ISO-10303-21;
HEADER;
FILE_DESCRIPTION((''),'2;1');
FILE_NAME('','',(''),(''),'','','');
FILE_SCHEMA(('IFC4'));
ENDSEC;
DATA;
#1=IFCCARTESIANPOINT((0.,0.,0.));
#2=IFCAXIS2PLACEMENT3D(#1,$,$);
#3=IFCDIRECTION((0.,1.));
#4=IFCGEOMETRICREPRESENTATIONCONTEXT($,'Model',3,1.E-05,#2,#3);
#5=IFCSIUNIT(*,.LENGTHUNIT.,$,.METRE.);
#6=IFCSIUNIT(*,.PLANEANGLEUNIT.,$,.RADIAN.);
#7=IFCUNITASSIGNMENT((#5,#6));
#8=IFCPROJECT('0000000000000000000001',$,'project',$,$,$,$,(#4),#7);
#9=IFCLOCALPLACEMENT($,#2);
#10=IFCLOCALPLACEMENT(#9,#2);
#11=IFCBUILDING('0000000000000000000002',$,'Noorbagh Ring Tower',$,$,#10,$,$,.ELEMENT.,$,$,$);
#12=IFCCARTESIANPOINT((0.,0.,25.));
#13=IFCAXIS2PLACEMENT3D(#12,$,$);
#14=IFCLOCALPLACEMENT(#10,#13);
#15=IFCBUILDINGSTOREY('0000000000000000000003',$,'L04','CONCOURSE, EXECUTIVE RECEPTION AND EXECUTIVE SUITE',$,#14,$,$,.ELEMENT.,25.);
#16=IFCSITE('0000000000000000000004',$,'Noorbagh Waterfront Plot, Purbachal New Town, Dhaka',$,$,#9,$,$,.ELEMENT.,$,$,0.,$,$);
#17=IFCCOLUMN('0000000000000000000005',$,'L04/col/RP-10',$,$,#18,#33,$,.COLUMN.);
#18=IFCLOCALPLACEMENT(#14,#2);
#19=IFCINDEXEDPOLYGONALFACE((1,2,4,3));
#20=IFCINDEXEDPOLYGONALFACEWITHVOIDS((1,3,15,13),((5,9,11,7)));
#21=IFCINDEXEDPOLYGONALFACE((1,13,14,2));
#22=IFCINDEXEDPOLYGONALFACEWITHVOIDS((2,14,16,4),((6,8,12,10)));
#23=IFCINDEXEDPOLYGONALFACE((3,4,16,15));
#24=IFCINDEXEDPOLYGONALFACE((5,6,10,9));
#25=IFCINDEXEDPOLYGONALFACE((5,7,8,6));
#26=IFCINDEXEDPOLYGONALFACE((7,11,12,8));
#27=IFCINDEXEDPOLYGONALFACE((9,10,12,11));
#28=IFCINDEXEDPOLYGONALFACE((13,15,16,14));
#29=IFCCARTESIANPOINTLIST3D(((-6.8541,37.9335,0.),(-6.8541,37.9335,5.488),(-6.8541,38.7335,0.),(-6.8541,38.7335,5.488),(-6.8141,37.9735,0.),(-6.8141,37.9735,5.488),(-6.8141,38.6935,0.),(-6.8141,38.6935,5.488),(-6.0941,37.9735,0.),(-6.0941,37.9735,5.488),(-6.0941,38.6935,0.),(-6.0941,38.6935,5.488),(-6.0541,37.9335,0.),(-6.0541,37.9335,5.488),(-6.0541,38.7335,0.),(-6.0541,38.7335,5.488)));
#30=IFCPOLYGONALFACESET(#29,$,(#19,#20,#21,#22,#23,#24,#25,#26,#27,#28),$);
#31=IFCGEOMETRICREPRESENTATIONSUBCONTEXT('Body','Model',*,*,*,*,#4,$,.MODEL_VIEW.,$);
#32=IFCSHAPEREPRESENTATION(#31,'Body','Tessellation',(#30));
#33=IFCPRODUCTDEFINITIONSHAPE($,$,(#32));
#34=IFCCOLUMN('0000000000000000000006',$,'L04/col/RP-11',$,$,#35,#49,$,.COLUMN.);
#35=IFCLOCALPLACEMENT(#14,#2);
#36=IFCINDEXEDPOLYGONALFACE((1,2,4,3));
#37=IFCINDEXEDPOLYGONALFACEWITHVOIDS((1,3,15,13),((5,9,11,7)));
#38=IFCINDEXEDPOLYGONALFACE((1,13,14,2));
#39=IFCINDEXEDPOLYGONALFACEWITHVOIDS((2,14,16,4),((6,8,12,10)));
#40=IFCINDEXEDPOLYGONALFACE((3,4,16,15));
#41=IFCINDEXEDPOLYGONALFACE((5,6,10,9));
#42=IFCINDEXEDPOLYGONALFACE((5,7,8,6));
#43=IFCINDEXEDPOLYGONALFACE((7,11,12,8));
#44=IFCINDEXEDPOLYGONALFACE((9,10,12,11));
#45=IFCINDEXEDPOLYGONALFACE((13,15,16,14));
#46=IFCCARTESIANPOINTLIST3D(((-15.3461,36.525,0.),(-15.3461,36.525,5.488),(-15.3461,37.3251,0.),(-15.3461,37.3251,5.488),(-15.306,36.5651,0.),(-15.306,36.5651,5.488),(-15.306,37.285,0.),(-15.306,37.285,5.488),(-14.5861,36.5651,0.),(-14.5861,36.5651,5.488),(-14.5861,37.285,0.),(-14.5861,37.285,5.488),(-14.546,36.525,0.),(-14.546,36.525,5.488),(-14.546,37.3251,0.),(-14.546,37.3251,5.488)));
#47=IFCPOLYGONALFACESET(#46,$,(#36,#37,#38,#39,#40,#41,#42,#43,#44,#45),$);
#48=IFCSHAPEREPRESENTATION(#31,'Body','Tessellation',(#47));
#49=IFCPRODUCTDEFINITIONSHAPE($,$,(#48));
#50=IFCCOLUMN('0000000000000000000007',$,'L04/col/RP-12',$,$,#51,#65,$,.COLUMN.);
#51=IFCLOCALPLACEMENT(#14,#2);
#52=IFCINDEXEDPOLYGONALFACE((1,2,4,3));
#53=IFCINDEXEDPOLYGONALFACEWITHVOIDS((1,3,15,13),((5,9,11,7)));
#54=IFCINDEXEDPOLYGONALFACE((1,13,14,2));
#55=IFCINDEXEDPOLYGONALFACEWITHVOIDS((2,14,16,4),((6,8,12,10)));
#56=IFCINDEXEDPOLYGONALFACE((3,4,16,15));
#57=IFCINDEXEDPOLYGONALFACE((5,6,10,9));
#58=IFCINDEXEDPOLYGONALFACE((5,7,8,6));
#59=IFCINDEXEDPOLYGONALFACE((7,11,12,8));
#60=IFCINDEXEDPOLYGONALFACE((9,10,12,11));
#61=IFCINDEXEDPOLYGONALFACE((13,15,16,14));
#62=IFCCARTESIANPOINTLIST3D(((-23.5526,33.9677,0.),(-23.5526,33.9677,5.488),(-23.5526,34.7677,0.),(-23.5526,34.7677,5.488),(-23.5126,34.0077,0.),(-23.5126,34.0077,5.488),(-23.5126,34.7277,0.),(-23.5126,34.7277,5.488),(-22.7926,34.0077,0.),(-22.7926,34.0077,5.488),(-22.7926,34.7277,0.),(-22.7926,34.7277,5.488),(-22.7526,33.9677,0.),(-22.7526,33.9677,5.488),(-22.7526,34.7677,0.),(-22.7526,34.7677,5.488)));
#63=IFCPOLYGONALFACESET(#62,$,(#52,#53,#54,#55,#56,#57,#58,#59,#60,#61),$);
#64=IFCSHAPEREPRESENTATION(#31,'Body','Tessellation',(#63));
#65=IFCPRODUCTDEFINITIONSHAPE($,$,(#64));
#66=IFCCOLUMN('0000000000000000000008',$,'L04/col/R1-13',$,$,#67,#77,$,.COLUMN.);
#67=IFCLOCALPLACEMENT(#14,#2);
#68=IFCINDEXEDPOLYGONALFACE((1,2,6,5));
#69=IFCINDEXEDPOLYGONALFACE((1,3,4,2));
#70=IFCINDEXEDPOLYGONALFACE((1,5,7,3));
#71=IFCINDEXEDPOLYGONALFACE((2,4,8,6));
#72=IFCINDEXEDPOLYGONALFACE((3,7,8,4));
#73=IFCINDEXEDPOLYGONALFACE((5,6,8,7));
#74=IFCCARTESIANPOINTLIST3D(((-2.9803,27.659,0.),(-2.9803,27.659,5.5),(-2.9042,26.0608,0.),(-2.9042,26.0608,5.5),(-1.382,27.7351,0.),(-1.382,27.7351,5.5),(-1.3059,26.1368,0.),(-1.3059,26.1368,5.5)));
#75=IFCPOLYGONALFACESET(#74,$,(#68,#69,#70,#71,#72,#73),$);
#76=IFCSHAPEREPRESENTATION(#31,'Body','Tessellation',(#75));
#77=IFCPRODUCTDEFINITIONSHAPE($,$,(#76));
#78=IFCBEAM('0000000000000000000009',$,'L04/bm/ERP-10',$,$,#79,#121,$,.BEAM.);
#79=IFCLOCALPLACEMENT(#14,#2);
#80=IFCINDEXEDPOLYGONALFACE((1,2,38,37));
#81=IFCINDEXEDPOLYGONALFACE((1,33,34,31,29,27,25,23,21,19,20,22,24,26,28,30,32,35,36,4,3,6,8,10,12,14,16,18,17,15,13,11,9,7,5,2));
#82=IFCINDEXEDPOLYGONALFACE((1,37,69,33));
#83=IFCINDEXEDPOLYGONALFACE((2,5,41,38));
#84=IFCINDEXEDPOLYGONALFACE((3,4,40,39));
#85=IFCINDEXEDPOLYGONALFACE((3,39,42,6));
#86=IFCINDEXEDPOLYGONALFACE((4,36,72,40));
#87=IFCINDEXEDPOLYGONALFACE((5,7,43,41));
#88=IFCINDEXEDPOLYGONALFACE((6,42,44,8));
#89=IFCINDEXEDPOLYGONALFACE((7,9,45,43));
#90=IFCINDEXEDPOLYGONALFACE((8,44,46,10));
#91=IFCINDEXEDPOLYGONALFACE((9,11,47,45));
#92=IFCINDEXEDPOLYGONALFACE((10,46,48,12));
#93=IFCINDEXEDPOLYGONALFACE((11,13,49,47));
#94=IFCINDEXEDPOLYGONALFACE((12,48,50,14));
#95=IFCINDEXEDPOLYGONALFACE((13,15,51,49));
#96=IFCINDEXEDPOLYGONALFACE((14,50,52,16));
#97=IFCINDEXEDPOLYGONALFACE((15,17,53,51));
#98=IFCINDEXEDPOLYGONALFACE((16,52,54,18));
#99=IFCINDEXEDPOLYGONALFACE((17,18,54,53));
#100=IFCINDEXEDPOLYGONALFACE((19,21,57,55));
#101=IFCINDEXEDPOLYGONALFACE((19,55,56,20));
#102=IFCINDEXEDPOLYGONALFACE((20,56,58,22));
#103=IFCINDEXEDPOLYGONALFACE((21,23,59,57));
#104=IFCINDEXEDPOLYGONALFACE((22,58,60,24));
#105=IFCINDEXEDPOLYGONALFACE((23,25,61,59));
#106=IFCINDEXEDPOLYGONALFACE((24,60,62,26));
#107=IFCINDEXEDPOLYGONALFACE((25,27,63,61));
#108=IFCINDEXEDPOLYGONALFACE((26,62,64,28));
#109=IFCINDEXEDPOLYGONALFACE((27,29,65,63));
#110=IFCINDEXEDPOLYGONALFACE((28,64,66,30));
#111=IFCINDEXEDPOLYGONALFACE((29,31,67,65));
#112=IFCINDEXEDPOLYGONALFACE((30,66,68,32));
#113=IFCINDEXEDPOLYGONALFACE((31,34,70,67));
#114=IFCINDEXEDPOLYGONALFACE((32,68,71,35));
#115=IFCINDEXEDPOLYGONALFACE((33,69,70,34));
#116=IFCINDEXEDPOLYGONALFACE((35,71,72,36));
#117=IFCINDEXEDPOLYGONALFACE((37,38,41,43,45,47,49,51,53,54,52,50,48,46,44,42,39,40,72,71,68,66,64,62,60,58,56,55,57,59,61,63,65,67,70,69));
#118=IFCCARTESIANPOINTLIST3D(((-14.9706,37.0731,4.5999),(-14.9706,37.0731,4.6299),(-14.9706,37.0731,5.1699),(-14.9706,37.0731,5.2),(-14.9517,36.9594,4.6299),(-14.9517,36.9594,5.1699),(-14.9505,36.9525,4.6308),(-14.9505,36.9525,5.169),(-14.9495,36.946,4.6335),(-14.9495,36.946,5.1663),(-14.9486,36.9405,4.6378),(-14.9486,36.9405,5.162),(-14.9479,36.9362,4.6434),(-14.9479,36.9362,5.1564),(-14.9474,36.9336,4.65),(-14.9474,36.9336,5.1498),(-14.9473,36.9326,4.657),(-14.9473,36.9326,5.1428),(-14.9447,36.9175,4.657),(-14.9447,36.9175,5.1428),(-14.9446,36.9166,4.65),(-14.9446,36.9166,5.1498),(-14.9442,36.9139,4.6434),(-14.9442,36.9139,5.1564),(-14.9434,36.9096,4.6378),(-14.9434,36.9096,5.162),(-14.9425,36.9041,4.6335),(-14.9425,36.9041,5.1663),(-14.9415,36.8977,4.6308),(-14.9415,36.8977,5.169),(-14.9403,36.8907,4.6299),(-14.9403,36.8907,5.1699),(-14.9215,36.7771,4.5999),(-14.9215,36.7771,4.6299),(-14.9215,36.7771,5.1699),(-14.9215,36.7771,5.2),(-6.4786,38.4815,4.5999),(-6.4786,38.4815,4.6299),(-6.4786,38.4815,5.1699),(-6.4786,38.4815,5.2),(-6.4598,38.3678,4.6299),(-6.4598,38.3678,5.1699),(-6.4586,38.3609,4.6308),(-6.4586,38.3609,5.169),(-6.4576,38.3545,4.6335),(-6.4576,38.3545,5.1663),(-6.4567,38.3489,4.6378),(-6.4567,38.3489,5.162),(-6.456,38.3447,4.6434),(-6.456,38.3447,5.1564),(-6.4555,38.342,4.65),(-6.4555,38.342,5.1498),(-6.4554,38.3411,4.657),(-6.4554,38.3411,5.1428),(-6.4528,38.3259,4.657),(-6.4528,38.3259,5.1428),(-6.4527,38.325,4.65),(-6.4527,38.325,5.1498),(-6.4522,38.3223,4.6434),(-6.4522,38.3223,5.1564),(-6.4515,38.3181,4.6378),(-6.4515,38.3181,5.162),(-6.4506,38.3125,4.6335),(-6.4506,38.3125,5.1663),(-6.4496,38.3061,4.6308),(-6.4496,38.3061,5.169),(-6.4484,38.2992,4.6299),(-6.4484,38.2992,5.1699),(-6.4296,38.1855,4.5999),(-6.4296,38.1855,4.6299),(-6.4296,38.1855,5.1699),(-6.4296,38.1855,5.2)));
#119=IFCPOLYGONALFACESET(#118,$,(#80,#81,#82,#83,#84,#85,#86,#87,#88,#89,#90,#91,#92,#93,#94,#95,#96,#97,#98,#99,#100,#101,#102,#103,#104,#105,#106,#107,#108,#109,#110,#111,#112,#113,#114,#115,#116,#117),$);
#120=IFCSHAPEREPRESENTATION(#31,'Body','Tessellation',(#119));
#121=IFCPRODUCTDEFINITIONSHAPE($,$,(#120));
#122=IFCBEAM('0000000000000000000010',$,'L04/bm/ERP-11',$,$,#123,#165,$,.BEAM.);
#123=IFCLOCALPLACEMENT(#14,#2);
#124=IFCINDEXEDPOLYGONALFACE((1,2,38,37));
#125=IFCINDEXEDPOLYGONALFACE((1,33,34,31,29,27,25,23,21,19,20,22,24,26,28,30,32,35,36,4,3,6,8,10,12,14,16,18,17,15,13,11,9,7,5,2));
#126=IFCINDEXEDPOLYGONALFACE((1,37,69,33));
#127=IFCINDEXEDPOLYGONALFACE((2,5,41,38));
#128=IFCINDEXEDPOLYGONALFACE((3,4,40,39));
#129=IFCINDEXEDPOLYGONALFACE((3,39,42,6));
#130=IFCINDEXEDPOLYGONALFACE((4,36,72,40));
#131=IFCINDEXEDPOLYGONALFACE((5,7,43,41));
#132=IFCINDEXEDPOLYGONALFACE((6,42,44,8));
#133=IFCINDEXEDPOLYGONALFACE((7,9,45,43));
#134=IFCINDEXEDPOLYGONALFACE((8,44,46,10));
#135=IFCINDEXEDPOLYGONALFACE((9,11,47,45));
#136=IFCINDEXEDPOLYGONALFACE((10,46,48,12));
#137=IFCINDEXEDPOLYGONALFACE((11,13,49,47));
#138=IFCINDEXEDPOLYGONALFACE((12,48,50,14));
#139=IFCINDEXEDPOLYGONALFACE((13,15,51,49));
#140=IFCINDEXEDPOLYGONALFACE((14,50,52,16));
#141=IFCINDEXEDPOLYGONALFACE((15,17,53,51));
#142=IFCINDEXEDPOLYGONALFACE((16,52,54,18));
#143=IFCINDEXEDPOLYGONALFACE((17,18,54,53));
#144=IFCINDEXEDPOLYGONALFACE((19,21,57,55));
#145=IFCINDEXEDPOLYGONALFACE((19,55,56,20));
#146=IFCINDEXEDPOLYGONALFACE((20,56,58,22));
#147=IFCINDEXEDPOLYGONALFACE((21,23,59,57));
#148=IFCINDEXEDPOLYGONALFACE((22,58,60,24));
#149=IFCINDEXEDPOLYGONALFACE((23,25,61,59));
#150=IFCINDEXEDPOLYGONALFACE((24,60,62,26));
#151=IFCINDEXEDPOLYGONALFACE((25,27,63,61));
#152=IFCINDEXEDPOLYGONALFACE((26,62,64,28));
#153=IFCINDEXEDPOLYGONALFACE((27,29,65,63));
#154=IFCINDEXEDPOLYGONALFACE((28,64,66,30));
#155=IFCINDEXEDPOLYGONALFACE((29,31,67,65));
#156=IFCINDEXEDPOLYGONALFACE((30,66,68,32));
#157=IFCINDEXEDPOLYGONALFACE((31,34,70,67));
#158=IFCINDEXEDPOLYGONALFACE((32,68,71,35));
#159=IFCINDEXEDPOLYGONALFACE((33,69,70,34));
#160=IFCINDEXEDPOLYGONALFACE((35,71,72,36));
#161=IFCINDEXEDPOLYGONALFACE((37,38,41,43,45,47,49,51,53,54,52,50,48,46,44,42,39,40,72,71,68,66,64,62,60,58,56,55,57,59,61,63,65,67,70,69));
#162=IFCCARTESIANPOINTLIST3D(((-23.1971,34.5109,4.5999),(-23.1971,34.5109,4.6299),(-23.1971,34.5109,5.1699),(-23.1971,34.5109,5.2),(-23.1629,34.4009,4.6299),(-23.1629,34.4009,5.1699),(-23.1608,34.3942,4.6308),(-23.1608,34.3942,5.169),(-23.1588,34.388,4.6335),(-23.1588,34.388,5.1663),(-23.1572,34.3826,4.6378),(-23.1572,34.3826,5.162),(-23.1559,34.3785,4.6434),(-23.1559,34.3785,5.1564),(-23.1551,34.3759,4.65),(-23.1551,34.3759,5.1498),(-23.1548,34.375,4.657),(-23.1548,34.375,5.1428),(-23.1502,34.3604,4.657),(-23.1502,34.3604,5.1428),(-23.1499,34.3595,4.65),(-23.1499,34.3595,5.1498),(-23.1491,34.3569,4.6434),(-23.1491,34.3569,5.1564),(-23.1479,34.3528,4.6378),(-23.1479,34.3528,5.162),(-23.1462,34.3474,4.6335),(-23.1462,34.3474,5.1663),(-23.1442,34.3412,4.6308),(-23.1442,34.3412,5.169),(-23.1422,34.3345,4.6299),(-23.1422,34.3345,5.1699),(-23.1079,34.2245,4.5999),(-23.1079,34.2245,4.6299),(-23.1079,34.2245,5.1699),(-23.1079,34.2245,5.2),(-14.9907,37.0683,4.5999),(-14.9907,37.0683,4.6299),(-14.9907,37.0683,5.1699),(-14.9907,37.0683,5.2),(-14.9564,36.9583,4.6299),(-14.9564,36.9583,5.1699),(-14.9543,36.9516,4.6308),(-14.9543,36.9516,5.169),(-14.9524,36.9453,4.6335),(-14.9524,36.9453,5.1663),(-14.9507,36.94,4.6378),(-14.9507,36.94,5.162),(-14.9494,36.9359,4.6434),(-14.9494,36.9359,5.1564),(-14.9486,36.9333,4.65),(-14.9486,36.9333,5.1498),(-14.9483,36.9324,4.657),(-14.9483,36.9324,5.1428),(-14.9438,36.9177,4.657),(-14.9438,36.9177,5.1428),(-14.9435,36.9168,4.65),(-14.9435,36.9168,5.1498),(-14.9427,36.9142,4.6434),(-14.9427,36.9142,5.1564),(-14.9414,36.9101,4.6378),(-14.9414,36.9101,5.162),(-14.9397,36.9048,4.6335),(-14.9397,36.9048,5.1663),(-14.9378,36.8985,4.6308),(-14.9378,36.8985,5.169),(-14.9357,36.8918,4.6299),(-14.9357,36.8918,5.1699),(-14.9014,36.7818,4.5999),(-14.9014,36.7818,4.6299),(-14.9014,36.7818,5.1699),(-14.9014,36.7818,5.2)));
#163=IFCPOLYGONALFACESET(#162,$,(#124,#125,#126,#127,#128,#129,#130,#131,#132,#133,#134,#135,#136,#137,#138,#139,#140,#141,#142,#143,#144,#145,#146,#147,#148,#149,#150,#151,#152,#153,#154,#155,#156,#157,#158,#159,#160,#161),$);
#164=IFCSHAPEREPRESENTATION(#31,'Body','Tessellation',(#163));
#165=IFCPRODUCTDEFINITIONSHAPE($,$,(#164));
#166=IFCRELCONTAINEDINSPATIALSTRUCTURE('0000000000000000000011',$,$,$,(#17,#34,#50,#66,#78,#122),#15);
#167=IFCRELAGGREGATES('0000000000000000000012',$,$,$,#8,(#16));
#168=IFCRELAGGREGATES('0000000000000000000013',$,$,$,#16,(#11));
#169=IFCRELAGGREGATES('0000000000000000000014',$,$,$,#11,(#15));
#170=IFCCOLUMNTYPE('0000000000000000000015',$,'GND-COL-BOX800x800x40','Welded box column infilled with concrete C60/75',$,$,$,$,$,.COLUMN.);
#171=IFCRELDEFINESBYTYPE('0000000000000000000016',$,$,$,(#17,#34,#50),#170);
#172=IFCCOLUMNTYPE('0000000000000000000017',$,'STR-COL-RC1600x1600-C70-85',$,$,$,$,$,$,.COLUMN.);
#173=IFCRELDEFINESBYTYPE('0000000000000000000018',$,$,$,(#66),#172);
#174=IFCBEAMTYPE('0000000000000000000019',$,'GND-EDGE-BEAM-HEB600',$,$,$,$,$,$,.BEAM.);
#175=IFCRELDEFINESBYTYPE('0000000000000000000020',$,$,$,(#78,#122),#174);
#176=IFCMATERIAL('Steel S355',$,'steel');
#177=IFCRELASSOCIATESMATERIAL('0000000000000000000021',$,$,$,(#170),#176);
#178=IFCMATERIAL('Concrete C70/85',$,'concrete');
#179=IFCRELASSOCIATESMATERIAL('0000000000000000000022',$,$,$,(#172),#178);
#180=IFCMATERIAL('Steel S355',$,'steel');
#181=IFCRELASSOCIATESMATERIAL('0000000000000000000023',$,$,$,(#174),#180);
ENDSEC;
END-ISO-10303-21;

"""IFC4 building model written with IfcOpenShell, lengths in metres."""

from ifc_helpers import new_model, si_unit, direction, frame, origin, origin_2d, place, context, subcontext, project, spatial, rectangle, hollow_rectangle, i_section, extrude, material, material_profile, profile_set, type_object, element, save


model = new_model("IFC4")

# Units and contexts
model_context = context("Model", 3, precision=1e-05, world=origin(), true_north=direction((0.0, 1.0)))
body_context = subcontext(model_context, "Body", "Model", "MODEL_VIEW")
ifc_project = project(units=[si_unit("LENGTHUNIT", "METRE"), si_unit("PLANEANGLEUNIT", "RADIAN")], contexts=[model_context])

# Site, building, storey
site_placement = place(None, origin())
site = spatial("IfcSite", under=ifc_project, at=site_placement, Name="Noorbagh Waterfront Plot, Purbachal New Town, Dhaka", CompositionType="ELEMENT", RefElevation=0.0)
building_placement = place(site_placement, origin())
building = spatial("IfcBuilding", under=site, at=building_placement, Name="Noorbagh Ring Tower", CompositionType="ELEMENT")
storey_placement = place(building_placement, frame((0.0, 0.0, 25.0)))
storey = spatial("IfcBuildingStorey", under=building, at=storey_placement, Name="L04", Description="CONCOURSE, EXECUTIVE RECEPTION AND EXECUTIVE SUITE", CompositionType="ELEMENT", Elevation=25.0)

# Columns
ifc_material_1 = material(Name="Steel S355", Category="steel")
ifc_material_profile_1 = material_profile(ifc_material_1, hollow_rectangle(XDim=0.8, YDim=0.8, WallThickness=0.04, at=origin_2d()), Name="BOX800x800x40")
ifc_profile_set_1 = profile_set([ifc_material_profile_1], Name="Steel S355")
column_type_1 = type_object("IfcColumnType", Name="GND-COL-BOX800x800x40", Description="Welded box column infilled with concrete C60/75", PredefinedType="COLUMN", material=ifc_profile_set_1)
for number, where, z_axis, x_axis, name in (
    (1, (-6.4541, 38.3335, 0.0), (0.0, 0.0, 1.0), (1.0, 0.0, 0.0), "L04/col/RP-10"),
    (2, (-14.946, 36.925, 0.0), (0.0, 0.0, 1.0), (1.0, 0.0, 0.0), "L04/col/RP-11"),
    (3, (-23.1526, 34.3677, 0.0), (0.0, 0.0, 1.0), (1.0, 0.0, 0.0), "L04/col/RP-12"),
):
    element("IfcColumn", number, at=place(storey_placement, frame(where, z_axis=z_axis, x_axis=x_axis)), inside=storey, type_object=column_type_1, Name=name, PredefinedType="COLUMN", context=body_context, shape_type="SweptSolid", body=[
        extrude(hollow_rectangle(XDim=0.8, YDim=0.8, WallThickness=0.04, at=origin_2d()), origin(), (0.0, 0.0, 1.0), 5.488),
    ])
ifc_material_2 = material(Name="Concrete C70/85", Category="concrete")
ifc_material_profile_2 = material_profile(ifc_material_2, rectangle(XDim=1.6001, YDim=1.6001, at=origin_2d()), Name="RC1600x1600")
ifc_profile_set_2 = profile_set([ifc_material_profile_2], Name="Concrete C70/85")
column_type_2 = type_object("IfcColumnType", Name="STR-COL-RC1600x1600-C70-85", PredefinedType="COLUMN", material=ifc_profile_set_2)
column_placement = place(storey_placement, frame((-2.1431, 26.8979, 0.0), z_axis=(0.0, 0.0, 1.0), x_axis=(-0.998869, -0.047553, 0.0)))
element("IfcColumn", 4, at=column_placement, inside=storey, type_object=column_type_2, Name="L04/col/R1-13", PredefinedType="COLUMN", context=body_context, shape_type="SweptSolid", body=[
    extrude(rectangle(XDim=1.6001, YDim=1.6001, at=origin_2d()), origin(), (0.0, 0.0, 1.0), 5.5),
])

# Beams
ifc_material_3 = material(Name="Steel S355", Category="steel")
ifc_material_profile_3 = material_profile(ifc_material_3, i_section(OverallWidth=0.3, OverallDepth=0.6001, WebThickness=0.0154, FlangeThickness=0.03, FilletRadius=0.0271, at=origin_2d()), Name="HEB600")
ifc_profile_set_3 = profile_set([ifc_material_profile_3], Name="Steel S355")
beam_type_1 = type_object("IfcBeamType", Name="GND-EDGE-BEAM-HEB600", PredefinedType="BEAM", material=ifc_profile_set_3)
beam_1_placement = place(storey_placement, frame((-6.4541, 38.3335, 4.8999), z_axis=(-0.986523, -0.163622, 0.0), x_axis=(0.163622, -0.986523, 0.0)))
element("IfcBeam", 5, at=beam_1_placement, inside=storey, type_object=beam_type_1, Name="L04/bm/ERP-10", PredefinedType="BEAM", context=body_context, shape_type="SweptSolid", body=[
    extrude(i_section(OverallWidth=0.3, OverallDepth=0.6001, WebThickness=0.0154, FlangeThickness=0.03, FilletRadius=0.0271, at=origin_2d()), origin(), (0.0, 0.0, 1.0), 8.6079),
])
beam_2_placement = place(storey_placement, frame((-14.946, 36.925, 4.8999), z_axis=(-0.954717, -0.297515, 0.0), x_axis=(0.297515, -0.954717, 0.0)))
element("IfcBeam", 6, at=beam_2_placement, inside=storey, type_object=beam_type_1, Name="L04/bm/ERP-11", PredefinedType="BEAM", context=body_context, shape_type="SweptSolid", body=[
    extrude(i_section(OverallWidth=0.3, OverallDepth=0.6001, WebThickness=0.0154, FlangeThickness=0.03, FilletRadius=0.0271, at=origin_2d()), origin(), (0.0, 0.0, 1.0), 8.5957),
])

save(model, "model.ifc")
